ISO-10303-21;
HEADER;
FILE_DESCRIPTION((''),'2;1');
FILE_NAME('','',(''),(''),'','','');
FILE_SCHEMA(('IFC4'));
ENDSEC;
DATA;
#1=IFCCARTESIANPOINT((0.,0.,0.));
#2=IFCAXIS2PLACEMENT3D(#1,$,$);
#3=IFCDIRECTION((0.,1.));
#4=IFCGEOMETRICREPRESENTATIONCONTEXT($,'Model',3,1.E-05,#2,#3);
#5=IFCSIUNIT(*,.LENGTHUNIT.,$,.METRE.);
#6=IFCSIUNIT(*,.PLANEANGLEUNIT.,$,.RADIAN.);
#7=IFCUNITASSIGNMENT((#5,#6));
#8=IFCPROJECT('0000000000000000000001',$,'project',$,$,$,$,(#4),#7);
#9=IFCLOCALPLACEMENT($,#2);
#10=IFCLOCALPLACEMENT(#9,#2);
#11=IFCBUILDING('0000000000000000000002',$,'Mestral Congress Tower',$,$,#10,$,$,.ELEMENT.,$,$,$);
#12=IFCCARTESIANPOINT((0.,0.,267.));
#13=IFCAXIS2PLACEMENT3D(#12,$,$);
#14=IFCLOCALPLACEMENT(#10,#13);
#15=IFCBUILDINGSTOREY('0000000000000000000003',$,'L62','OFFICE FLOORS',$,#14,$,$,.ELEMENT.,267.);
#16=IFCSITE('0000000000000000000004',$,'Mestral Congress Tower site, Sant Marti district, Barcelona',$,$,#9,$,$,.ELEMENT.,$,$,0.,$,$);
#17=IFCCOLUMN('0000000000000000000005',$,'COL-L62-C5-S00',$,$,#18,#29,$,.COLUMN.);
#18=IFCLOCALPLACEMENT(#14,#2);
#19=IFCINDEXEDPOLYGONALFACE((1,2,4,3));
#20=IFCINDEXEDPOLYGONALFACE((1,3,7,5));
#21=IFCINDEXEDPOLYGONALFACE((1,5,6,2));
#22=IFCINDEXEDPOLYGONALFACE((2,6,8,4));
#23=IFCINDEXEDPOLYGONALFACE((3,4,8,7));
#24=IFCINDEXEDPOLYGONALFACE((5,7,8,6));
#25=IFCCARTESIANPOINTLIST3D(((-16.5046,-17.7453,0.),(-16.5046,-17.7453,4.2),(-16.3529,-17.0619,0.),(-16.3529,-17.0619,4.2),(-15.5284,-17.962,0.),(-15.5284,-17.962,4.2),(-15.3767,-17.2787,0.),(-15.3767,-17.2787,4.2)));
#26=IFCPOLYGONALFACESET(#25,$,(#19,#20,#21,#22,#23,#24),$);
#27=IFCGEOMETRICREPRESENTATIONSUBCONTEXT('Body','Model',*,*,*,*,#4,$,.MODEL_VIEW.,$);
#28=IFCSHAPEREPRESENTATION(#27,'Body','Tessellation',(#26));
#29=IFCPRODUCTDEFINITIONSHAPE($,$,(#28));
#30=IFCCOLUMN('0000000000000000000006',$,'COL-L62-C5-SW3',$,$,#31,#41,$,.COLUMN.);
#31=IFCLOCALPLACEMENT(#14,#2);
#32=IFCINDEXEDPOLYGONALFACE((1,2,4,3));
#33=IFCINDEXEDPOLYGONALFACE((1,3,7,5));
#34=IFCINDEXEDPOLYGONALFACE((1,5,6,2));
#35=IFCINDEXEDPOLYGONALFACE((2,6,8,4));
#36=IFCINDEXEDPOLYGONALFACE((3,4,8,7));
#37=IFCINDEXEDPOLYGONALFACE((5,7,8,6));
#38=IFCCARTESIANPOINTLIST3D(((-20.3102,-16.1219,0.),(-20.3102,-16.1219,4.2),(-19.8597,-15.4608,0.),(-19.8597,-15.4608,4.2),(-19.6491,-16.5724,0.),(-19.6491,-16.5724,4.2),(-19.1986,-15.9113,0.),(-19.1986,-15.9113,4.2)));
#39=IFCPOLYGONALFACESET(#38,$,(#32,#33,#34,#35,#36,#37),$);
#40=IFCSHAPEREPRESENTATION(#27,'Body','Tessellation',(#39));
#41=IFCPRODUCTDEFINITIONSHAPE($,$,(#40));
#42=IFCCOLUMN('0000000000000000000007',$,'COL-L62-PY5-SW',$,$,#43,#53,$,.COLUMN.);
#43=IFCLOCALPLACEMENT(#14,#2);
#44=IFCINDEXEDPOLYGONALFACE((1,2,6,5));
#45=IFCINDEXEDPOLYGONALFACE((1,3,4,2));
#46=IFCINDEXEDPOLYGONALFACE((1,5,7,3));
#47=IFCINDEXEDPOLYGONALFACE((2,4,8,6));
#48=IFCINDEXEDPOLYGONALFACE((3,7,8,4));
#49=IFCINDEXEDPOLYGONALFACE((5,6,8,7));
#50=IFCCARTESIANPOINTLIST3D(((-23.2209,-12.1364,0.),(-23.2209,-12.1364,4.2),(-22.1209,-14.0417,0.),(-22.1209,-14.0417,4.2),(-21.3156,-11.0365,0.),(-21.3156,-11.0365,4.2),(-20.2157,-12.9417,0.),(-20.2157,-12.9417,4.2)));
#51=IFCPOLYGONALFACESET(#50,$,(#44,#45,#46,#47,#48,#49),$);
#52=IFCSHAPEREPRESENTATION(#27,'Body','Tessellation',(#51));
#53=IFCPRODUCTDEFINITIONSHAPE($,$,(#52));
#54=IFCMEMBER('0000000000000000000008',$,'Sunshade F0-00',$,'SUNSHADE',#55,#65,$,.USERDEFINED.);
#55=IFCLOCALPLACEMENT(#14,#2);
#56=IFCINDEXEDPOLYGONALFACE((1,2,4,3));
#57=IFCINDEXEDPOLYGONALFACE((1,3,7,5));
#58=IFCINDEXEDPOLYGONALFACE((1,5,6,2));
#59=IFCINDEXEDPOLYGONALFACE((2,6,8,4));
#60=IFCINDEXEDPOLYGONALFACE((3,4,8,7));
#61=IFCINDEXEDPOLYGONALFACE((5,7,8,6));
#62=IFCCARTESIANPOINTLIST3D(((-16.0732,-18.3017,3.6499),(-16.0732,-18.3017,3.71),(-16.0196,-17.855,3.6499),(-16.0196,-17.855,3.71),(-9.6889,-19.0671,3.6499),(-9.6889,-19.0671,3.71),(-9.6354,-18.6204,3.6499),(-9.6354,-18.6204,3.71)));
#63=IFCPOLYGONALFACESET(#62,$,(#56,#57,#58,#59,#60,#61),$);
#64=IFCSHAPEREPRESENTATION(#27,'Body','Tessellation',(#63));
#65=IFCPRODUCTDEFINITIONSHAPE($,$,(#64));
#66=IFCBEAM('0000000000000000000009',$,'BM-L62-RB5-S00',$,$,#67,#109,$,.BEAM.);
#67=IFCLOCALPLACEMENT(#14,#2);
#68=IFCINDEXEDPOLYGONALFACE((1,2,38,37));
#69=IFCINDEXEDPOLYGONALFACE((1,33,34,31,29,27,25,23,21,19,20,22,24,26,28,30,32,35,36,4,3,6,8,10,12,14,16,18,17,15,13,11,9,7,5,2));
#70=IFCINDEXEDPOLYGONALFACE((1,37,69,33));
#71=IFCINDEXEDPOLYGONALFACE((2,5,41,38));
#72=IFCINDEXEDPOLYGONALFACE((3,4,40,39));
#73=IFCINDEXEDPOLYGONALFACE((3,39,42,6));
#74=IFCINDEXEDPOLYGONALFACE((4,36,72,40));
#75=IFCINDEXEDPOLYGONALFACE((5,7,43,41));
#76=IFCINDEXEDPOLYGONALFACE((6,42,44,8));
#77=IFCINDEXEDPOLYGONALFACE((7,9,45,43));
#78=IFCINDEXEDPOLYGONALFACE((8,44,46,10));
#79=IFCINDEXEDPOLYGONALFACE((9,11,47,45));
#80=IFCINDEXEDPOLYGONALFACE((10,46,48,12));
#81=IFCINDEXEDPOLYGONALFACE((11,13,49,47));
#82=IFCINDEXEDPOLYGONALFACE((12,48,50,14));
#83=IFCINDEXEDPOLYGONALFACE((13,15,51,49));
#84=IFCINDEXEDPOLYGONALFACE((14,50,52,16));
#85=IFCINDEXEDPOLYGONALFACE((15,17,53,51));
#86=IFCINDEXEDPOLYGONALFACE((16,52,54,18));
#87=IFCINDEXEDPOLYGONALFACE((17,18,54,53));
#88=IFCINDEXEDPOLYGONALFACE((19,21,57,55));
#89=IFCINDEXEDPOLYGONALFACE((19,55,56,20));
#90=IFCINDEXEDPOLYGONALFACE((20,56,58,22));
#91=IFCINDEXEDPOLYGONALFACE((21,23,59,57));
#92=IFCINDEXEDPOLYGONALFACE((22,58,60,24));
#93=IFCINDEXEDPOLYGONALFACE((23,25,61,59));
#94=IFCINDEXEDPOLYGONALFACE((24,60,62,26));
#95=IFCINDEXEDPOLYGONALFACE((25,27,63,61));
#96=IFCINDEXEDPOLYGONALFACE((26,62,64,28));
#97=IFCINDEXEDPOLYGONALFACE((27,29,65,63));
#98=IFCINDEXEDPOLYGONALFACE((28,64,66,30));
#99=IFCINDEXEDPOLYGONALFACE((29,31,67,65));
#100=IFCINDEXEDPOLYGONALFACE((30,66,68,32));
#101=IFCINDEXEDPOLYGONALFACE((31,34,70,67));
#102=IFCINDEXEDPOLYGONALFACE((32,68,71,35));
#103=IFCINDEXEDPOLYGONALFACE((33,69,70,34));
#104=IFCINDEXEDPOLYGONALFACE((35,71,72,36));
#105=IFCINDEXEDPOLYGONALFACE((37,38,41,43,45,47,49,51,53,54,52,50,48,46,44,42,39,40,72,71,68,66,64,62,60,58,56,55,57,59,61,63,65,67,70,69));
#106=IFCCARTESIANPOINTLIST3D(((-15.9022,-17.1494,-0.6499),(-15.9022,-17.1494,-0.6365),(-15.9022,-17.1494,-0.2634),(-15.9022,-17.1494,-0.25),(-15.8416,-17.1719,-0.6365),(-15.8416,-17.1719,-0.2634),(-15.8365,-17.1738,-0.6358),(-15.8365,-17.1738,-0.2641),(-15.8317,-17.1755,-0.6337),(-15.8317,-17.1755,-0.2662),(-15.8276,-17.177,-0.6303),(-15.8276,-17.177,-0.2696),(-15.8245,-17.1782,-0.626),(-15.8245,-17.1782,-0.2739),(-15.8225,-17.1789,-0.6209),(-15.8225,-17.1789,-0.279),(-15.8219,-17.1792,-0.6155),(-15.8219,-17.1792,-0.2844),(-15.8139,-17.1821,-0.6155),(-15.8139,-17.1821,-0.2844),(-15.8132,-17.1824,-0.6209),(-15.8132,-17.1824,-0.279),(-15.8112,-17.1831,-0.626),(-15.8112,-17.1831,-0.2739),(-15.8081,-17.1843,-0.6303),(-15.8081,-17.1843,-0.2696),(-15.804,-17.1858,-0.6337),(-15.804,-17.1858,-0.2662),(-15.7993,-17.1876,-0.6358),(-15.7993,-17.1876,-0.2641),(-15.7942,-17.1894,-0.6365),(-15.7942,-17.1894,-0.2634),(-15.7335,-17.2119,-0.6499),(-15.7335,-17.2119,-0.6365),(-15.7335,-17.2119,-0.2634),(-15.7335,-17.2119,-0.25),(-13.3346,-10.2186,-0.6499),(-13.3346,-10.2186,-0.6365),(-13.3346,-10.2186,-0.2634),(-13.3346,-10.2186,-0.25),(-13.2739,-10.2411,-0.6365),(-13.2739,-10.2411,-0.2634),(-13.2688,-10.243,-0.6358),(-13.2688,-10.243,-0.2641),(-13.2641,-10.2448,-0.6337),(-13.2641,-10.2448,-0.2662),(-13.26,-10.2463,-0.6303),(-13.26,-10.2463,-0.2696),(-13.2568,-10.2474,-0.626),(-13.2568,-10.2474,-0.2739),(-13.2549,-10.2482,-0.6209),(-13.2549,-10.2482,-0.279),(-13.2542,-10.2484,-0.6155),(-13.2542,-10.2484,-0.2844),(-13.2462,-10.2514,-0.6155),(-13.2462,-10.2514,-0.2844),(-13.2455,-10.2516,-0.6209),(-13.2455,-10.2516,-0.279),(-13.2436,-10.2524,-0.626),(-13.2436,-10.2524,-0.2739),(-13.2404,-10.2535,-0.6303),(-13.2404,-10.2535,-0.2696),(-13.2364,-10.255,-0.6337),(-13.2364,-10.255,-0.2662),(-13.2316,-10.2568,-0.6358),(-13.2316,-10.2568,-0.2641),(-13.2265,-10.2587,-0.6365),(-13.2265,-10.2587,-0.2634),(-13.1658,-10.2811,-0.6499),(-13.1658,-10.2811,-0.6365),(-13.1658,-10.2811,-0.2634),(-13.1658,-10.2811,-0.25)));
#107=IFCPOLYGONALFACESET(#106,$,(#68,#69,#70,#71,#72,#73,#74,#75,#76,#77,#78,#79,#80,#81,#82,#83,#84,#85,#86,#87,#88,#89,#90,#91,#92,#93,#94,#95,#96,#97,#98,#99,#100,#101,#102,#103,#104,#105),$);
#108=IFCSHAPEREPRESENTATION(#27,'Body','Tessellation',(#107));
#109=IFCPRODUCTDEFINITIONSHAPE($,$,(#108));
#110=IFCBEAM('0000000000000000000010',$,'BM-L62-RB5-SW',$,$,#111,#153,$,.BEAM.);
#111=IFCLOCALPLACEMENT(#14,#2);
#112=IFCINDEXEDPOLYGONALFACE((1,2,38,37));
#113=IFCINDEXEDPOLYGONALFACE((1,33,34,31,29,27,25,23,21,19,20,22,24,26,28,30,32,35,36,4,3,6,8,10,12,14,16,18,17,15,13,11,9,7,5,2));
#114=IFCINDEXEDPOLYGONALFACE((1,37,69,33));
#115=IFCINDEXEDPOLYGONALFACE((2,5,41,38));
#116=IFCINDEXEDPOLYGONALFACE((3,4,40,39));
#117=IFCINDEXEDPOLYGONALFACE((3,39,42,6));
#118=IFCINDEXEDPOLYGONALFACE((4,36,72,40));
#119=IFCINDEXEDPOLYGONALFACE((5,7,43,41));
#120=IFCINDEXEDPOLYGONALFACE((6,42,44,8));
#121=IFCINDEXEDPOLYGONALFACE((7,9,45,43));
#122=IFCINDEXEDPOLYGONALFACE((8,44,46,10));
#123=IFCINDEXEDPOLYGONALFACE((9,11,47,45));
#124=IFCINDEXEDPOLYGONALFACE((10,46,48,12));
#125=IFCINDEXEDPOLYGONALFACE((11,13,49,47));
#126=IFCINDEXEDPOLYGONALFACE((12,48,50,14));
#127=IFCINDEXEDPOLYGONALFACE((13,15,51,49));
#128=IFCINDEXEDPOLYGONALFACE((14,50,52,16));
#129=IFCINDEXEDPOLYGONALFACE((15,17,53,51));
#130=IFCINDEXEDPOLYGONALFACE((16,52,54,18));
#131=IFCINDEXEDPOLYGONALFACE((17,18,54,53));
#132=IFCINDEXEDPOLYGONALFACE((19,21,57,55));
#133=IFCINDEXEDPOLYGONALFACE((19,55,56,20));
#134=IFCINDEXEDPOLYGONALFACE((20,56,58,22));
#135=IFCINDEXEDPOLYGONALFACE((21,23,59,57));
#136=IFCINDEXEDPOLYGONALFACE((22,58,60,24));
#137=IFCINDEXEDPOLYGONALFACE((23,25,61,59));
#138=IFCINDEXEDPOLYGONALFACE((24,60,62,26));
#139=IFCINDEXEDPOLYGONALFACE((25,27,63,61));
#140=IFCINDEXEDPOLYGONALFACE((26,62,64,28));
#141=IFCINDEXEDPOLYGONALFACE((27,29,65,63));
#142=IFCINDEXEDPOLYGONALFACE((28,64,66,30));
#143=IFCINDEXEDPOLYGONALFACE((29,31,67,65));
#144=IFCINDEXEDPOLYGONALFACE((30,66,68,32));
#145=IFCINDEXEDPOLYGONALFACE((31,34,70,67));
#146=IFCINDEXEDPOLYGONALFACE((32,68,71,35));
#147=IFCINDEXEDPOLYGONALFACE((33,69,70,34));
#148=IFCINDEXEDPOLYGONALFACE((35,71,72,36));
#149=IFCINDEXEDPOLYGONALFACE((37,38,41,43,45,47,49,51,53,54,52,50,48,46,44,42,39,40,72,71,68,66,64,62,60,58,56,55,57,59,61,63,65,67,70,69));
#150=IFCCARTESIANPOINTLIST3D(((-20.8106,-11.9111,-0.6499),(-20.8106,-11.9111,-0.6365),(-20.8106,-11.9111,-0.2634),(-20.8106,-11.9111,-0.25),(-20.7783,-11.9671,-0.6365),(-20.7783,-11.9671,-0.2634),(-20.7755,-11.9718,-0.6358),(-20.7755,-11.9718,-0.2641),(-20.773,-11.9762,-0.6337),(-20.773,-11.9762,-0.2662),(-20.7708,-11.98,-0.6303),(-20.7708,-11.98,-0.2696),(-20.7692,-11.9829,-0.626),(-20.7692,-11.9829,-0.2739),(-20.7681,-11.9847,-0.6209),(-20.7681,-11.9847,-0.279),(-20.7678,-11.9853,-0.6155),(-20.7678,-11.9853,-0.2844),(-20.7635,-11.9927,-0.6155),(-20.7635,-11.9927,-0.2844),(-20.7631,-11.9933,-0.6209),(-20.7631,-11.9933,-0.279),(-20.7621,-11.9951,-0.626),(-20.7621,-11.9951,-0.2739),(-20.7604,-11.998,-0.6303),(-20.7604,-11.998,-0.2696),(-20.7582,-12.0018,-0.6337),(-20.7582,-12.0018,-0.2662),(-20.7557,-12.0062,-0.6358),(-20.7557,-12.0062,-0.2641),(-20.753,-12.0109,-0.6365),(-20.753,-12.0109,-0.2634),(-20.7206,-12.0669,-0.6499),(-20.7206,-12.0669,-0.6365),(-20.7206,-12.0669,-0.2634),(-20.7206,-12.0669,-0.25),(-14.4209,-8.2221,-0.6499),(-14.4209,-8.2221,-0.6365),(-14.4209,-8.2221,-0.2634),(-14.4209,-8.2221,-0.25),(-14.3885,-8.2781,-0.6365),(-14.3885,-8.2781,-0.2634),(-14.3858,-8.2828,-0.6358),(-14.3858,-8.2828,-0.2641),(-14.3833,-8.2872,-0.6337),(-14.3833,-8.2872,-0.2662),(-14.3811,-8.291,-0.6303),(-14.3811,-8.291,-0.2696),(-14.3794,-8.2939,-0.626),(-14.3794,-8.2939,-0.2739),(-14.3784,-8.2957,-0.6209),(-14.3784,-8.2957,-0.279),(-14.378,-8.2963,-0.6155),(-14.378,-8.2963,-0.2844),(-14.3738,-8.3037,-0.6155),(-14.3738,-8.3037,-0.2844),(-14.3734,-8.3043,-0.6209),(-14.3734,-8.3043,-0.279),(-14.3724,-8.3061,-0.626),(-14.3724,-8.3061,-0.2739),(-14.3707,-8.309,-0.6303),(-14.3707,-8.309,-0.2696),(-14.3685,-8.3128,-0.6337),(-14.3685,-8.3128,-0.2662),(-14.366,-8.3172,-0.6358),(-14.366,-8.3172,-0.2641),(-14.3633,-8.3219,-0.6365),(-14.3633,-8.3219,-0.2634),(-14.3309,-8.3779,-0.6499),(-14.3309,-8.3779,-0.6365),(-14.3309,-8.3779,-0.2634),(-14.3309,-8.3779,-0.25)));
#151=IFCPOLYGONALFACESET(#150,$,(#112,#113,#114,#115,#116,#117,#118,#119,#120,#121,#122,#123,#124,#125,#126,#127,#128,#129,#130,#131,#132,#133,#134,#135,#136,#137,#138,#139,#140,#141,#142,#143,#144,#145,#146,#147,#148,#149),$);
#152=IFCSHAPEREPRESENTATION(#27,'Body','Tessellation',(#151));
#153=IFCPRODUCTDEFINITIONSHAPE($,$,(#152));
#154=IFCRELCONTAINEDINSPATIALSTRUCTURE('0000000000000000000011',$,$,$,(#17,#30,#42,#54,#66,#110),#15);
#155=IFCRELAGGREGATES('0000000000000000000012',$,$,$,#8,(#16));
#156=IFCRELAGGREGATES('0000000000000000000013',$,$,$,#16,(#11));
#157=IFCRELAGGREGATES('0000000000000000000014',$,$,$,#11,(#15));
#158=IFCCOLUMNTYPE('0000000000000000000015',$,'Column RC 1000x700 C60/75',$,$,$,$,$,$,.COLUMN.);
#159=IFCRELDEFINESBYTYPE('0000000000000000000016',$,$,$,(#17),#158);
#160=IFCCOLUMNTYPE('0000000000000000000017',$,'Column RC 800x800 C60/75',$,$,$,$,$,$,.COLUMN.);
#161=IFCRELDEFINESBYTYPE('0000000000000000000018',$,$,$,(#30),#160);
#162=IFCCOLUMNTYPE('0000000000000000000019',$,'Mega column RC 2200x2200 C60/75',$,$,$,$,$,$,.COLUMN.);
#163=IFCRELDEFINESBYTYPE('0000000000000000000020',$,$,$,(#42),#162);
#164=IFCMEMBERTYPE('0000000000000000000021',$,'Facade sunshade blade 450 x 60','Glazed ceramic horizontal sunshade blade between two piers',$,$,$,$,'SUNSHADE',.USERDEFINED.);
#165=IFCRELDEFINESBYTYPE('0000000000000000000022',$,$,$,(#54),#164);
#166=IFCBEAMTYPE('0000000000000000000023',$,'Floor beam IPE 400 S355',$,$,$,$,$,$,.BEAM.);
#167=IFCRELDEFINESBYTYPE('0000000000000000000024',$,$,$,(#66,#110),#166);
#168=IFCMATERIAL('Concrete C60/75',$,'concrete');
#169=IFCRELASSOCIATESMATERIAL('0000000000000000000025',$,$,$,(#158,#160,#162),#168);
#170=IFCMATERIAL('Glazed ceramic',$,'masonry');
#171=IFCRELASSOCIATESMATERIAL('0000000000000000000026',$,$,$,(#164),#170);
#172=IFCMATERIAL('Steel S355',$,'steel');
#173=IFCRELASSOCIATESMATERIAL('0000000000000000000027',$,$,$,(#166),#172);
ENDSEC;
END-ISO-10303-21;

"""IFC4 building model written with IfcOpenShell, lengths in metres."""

from ifc_helpers import new_model, si_unit, direction, frame, origin, origin_2d, place, context, subcontext, project, spatial, rectangle, i_section, extrude, material, material_profile, profile_set, type_object, element, save


model = new_model("IFC4")

# Units and contexts
model_context = context("Model", 3, precision=1e-05, world=origin(), true_north=direction((0.0, 1.0)))
body_context = subcontext(model_context, "Body", "Model", "MODEL_VIEW")
ifc_project = project(units=[si_unit("LENGTHUNIT", "METRE"), si_unit("PLANEANGLEUNIT", "RADIAN")], contexts=[model_context])

# Site, building, storey
site_placement = place(None, origin())
site = spatial("IfcSite", under=ifc_project, at=site_placement, Name="Mestral Congress Tower site, Sant Marti district, Barcelona", CompositionType="ELEMENT", RefElevation=0.0)
building_placement = place(site_placement, origin())
building = spatial("IfcBuilding", under=site, at=building_placement, Name="Mestral Congress Tower", CompositionType="ELEMENT")
storey_placement = place(building_placement, frame((0.0, 0.0, 267.0)))
storey = spatial("IfcBuildingStorey", under=building, at=storey_placement, Name="L62", Description="OFFICE FLOORS", CompositionType="ELEMENT", Elevation=267.0)

# Columns
ifc_material_1 = material(Name="Concrete C60/75", Category="concrete")
ifc_material_profile_1 = material_profile(ifc_material_1, rectangle(XDim=1.0, YDim=0.7, at=origin_2d()), Name="RC 1000x700")
ifc_profile_set_1 = profile_set([ifc_material_profile_1], Name="Concrete C60/75")
column_type_1 = type_object("IfcColumnType", Name="Column RC 1000x700 C60/75", PredefinedType="COLUMN", material=ifc_profile_set_1)
column_1_placement = place(storey_placement, frame((-15.9407, -17.512, 0.0), z_axis=(0.0, 0.0, 1.0), x_axis=(0.976234, -0.216721, 0.0)))
element("IfcColumn", 1, at=column_1_placement, inside=storey, type_object=column_type_1, Name="COL-L62-C5-S00", PredefinedType="COLUMN", context=body_context, shape_type="SweptSolid", body=[
    extrude(rectangle(XDim=1.0, YDim=0.7, at=origin_2d()), origin(), (0.0, 0.0, 1.0), 4.2),
])
ifc_material_profile_2 = material_profile(ifc_material_1, rectangle(XDim=0.8, YDim=0.8, at=origin_2d()), Name="RC 800x800")
ifc_profile_set_2 = profile_set([ifc_material_profile_2], Name="Concrete C60/75")
column_type_2 = type_object("IfcColumnType", Name="Column RC 800x800 C60/75", PredefinedType="COLUMN", material=ifc_profile_set_2)
column_2_placement = place(storey_placement, frame((-19.7544, -16.0166, 0.0), z_axis=(0.0, 0.0, 1.0), x_axis=(0.826363, -0.563138, 0.0)))
element("IfcColumn", 2, at=column_2_placement, inside=storey, type_object=column_type_2, Name="COL-L62-C5-SW3", PredefinedType="COLUMN", context=body_context, shape_type="SweptSolid", body=[
    extrude(rectangle(XDim=0.8, YDim=0.8, at=origin_2d()), origin(), (0.0, 0.0, 1.0), 4.2),
])
ifc_material_profile_3 = material_profile(ifc_material_1, rectangle(XDim=2.2, YDim=2.2, at=origin_2d()), Name="RC 2200x2200")
ifc_profile_set_3 = profile_set([ifc_material_profile_3], Name="Concrete C60/75")
column_type_3 = type_object("IfcColumnType", Name="Mega column RC 2200x2200 C60/75", PredefinedType="COLUMN", material=ifc_profile_set_3)
column_3_placement = place(storey_placement, frame((-21.7183, -12.5391, 0.0), z_axis=(0.0, 0.0, 1.0), x_axis=(-0.866025, -0.5, 0.0)))
element("IfcColumn", 3, at=column_3_placement, inside=storey, type_object=column_type_3, Name="COL-L62-PY5-SW", PredefinedType="COLUMN", context=body_context, shape_type="SweptSolid", body=[
    extrude(rectangle(XDim=2.2, YDim=2.2, at=origin_2d()), origin(), (0.0, 0.0, 1.0), 4.2),
])

# Member
ifc_material_2 = material(Name="Glazed ceramic", Category="masonry")
ifc_material_profile_4 = material_profile(ifc_material_2, rectangle(XDim=0.45, YDim=0.0601, at=origin_2d()), Name="Ceramic blade 450 x 60")
ifc_profile_set_4 = profile_set([ifc_material_profile_4], Name="Glazed ceramic")
member_type = type_object("IfcMemberType", Name="Facade sunshade blade 450 x 60", Description="Glazed ceramic horizontal sunshade blade between two piers", ElementType="SUNSHADE", PredefinedType="USERDEFINED", material=ifc_profile_set_4)
member_placement = place(storey_placement, frame((-16.0464, -18.0784, 3.6799), z_axis=(0.99289, -0.119033, 0.0), x_axis=(0.119033, 0.99289, 0.0)))
element("IfcMember", 4, at=member_placement, inside=storey, type_object=member_type, Name="Sunshade F0-00", ObjectType="SUNSHADE", PredefinedType="USERDEFINED", context=body_context, shape_type="SweptSolid", body=[
    extrude(rectangle(XDim=0.45, YDim=0.0601, at=origin_2d()), origin(), (0.0, 0.0, 1.0), 6.4299),
])

# Beams
ifc_material_3 = material(Name="Steel S355", Category="steel")
ifc_material_profile_5 = material_profile(ifc_material_3, i_section(OverallWidth=0.1799, OverallDepth=0.3999, WebThickness=0.0085, FlangeThickness=0.0134, FilletRadius=0.021, at=origin_2d()), Name="IPE 400")
ifc_profile_set_5 = profile_set([ifc_material_profile_5], Name="Steel S355")
beam_type_1 = type_object("IfcBeamType", Name="Floor beam IPE 400 S355", PredefinedType="BEAM", material=ifc_profile_set_5)
beam_1_placement = place(storey_placement, frame((-15.8179, -17.1807, -0.45), z_axis=(0.347399, 0.937717, 0.0), x_axis=(-0.937717, 0.347399, 0.0)))
element("IfcBeam", 5, at=beam_1_placement, inside=storey, type_object=beam_type_1, Name="BM-L62-RB5-S00", PredefinedType="BEAM", context=body_context, shape_type="SweptSolid", body=[
    extrude(i_section(OverallWidth=0.1799, OverallDepth=0.3999, WebThickness=0.0085, FlangeThickness=0.0134, FilletRadius=0.021, at=origin_2d()), origin(), (0.0, 0.0, 1.0), 7.3911),
])
beam_2_placement = place(storey_placement, frame((-20.7656, -11.989, -0.45), z_axis=(0.866031, 0.49999, 0.0), x_axis=(-0.49999, 0.866031, 0.0)))
element("IfcBeam", 6, at=beam_2_placement, inside=storey, type_object=beam_type_1, Name="BM-L62-RB5-SW", PredefinedType="BEAM", context=body_context, shape_type="SweptSolid", body=[
    extrude(i_section(OverallWidth=0.1799, OverallDepth=0.3999, WebThickness=0.0085, FlangeThickness=0.0134, FilletRadius=0.021, at=origin_2d()), origin(), (0.0, 0.0, 1.0), 7.3782),
])

save(model, "model.ifc")
